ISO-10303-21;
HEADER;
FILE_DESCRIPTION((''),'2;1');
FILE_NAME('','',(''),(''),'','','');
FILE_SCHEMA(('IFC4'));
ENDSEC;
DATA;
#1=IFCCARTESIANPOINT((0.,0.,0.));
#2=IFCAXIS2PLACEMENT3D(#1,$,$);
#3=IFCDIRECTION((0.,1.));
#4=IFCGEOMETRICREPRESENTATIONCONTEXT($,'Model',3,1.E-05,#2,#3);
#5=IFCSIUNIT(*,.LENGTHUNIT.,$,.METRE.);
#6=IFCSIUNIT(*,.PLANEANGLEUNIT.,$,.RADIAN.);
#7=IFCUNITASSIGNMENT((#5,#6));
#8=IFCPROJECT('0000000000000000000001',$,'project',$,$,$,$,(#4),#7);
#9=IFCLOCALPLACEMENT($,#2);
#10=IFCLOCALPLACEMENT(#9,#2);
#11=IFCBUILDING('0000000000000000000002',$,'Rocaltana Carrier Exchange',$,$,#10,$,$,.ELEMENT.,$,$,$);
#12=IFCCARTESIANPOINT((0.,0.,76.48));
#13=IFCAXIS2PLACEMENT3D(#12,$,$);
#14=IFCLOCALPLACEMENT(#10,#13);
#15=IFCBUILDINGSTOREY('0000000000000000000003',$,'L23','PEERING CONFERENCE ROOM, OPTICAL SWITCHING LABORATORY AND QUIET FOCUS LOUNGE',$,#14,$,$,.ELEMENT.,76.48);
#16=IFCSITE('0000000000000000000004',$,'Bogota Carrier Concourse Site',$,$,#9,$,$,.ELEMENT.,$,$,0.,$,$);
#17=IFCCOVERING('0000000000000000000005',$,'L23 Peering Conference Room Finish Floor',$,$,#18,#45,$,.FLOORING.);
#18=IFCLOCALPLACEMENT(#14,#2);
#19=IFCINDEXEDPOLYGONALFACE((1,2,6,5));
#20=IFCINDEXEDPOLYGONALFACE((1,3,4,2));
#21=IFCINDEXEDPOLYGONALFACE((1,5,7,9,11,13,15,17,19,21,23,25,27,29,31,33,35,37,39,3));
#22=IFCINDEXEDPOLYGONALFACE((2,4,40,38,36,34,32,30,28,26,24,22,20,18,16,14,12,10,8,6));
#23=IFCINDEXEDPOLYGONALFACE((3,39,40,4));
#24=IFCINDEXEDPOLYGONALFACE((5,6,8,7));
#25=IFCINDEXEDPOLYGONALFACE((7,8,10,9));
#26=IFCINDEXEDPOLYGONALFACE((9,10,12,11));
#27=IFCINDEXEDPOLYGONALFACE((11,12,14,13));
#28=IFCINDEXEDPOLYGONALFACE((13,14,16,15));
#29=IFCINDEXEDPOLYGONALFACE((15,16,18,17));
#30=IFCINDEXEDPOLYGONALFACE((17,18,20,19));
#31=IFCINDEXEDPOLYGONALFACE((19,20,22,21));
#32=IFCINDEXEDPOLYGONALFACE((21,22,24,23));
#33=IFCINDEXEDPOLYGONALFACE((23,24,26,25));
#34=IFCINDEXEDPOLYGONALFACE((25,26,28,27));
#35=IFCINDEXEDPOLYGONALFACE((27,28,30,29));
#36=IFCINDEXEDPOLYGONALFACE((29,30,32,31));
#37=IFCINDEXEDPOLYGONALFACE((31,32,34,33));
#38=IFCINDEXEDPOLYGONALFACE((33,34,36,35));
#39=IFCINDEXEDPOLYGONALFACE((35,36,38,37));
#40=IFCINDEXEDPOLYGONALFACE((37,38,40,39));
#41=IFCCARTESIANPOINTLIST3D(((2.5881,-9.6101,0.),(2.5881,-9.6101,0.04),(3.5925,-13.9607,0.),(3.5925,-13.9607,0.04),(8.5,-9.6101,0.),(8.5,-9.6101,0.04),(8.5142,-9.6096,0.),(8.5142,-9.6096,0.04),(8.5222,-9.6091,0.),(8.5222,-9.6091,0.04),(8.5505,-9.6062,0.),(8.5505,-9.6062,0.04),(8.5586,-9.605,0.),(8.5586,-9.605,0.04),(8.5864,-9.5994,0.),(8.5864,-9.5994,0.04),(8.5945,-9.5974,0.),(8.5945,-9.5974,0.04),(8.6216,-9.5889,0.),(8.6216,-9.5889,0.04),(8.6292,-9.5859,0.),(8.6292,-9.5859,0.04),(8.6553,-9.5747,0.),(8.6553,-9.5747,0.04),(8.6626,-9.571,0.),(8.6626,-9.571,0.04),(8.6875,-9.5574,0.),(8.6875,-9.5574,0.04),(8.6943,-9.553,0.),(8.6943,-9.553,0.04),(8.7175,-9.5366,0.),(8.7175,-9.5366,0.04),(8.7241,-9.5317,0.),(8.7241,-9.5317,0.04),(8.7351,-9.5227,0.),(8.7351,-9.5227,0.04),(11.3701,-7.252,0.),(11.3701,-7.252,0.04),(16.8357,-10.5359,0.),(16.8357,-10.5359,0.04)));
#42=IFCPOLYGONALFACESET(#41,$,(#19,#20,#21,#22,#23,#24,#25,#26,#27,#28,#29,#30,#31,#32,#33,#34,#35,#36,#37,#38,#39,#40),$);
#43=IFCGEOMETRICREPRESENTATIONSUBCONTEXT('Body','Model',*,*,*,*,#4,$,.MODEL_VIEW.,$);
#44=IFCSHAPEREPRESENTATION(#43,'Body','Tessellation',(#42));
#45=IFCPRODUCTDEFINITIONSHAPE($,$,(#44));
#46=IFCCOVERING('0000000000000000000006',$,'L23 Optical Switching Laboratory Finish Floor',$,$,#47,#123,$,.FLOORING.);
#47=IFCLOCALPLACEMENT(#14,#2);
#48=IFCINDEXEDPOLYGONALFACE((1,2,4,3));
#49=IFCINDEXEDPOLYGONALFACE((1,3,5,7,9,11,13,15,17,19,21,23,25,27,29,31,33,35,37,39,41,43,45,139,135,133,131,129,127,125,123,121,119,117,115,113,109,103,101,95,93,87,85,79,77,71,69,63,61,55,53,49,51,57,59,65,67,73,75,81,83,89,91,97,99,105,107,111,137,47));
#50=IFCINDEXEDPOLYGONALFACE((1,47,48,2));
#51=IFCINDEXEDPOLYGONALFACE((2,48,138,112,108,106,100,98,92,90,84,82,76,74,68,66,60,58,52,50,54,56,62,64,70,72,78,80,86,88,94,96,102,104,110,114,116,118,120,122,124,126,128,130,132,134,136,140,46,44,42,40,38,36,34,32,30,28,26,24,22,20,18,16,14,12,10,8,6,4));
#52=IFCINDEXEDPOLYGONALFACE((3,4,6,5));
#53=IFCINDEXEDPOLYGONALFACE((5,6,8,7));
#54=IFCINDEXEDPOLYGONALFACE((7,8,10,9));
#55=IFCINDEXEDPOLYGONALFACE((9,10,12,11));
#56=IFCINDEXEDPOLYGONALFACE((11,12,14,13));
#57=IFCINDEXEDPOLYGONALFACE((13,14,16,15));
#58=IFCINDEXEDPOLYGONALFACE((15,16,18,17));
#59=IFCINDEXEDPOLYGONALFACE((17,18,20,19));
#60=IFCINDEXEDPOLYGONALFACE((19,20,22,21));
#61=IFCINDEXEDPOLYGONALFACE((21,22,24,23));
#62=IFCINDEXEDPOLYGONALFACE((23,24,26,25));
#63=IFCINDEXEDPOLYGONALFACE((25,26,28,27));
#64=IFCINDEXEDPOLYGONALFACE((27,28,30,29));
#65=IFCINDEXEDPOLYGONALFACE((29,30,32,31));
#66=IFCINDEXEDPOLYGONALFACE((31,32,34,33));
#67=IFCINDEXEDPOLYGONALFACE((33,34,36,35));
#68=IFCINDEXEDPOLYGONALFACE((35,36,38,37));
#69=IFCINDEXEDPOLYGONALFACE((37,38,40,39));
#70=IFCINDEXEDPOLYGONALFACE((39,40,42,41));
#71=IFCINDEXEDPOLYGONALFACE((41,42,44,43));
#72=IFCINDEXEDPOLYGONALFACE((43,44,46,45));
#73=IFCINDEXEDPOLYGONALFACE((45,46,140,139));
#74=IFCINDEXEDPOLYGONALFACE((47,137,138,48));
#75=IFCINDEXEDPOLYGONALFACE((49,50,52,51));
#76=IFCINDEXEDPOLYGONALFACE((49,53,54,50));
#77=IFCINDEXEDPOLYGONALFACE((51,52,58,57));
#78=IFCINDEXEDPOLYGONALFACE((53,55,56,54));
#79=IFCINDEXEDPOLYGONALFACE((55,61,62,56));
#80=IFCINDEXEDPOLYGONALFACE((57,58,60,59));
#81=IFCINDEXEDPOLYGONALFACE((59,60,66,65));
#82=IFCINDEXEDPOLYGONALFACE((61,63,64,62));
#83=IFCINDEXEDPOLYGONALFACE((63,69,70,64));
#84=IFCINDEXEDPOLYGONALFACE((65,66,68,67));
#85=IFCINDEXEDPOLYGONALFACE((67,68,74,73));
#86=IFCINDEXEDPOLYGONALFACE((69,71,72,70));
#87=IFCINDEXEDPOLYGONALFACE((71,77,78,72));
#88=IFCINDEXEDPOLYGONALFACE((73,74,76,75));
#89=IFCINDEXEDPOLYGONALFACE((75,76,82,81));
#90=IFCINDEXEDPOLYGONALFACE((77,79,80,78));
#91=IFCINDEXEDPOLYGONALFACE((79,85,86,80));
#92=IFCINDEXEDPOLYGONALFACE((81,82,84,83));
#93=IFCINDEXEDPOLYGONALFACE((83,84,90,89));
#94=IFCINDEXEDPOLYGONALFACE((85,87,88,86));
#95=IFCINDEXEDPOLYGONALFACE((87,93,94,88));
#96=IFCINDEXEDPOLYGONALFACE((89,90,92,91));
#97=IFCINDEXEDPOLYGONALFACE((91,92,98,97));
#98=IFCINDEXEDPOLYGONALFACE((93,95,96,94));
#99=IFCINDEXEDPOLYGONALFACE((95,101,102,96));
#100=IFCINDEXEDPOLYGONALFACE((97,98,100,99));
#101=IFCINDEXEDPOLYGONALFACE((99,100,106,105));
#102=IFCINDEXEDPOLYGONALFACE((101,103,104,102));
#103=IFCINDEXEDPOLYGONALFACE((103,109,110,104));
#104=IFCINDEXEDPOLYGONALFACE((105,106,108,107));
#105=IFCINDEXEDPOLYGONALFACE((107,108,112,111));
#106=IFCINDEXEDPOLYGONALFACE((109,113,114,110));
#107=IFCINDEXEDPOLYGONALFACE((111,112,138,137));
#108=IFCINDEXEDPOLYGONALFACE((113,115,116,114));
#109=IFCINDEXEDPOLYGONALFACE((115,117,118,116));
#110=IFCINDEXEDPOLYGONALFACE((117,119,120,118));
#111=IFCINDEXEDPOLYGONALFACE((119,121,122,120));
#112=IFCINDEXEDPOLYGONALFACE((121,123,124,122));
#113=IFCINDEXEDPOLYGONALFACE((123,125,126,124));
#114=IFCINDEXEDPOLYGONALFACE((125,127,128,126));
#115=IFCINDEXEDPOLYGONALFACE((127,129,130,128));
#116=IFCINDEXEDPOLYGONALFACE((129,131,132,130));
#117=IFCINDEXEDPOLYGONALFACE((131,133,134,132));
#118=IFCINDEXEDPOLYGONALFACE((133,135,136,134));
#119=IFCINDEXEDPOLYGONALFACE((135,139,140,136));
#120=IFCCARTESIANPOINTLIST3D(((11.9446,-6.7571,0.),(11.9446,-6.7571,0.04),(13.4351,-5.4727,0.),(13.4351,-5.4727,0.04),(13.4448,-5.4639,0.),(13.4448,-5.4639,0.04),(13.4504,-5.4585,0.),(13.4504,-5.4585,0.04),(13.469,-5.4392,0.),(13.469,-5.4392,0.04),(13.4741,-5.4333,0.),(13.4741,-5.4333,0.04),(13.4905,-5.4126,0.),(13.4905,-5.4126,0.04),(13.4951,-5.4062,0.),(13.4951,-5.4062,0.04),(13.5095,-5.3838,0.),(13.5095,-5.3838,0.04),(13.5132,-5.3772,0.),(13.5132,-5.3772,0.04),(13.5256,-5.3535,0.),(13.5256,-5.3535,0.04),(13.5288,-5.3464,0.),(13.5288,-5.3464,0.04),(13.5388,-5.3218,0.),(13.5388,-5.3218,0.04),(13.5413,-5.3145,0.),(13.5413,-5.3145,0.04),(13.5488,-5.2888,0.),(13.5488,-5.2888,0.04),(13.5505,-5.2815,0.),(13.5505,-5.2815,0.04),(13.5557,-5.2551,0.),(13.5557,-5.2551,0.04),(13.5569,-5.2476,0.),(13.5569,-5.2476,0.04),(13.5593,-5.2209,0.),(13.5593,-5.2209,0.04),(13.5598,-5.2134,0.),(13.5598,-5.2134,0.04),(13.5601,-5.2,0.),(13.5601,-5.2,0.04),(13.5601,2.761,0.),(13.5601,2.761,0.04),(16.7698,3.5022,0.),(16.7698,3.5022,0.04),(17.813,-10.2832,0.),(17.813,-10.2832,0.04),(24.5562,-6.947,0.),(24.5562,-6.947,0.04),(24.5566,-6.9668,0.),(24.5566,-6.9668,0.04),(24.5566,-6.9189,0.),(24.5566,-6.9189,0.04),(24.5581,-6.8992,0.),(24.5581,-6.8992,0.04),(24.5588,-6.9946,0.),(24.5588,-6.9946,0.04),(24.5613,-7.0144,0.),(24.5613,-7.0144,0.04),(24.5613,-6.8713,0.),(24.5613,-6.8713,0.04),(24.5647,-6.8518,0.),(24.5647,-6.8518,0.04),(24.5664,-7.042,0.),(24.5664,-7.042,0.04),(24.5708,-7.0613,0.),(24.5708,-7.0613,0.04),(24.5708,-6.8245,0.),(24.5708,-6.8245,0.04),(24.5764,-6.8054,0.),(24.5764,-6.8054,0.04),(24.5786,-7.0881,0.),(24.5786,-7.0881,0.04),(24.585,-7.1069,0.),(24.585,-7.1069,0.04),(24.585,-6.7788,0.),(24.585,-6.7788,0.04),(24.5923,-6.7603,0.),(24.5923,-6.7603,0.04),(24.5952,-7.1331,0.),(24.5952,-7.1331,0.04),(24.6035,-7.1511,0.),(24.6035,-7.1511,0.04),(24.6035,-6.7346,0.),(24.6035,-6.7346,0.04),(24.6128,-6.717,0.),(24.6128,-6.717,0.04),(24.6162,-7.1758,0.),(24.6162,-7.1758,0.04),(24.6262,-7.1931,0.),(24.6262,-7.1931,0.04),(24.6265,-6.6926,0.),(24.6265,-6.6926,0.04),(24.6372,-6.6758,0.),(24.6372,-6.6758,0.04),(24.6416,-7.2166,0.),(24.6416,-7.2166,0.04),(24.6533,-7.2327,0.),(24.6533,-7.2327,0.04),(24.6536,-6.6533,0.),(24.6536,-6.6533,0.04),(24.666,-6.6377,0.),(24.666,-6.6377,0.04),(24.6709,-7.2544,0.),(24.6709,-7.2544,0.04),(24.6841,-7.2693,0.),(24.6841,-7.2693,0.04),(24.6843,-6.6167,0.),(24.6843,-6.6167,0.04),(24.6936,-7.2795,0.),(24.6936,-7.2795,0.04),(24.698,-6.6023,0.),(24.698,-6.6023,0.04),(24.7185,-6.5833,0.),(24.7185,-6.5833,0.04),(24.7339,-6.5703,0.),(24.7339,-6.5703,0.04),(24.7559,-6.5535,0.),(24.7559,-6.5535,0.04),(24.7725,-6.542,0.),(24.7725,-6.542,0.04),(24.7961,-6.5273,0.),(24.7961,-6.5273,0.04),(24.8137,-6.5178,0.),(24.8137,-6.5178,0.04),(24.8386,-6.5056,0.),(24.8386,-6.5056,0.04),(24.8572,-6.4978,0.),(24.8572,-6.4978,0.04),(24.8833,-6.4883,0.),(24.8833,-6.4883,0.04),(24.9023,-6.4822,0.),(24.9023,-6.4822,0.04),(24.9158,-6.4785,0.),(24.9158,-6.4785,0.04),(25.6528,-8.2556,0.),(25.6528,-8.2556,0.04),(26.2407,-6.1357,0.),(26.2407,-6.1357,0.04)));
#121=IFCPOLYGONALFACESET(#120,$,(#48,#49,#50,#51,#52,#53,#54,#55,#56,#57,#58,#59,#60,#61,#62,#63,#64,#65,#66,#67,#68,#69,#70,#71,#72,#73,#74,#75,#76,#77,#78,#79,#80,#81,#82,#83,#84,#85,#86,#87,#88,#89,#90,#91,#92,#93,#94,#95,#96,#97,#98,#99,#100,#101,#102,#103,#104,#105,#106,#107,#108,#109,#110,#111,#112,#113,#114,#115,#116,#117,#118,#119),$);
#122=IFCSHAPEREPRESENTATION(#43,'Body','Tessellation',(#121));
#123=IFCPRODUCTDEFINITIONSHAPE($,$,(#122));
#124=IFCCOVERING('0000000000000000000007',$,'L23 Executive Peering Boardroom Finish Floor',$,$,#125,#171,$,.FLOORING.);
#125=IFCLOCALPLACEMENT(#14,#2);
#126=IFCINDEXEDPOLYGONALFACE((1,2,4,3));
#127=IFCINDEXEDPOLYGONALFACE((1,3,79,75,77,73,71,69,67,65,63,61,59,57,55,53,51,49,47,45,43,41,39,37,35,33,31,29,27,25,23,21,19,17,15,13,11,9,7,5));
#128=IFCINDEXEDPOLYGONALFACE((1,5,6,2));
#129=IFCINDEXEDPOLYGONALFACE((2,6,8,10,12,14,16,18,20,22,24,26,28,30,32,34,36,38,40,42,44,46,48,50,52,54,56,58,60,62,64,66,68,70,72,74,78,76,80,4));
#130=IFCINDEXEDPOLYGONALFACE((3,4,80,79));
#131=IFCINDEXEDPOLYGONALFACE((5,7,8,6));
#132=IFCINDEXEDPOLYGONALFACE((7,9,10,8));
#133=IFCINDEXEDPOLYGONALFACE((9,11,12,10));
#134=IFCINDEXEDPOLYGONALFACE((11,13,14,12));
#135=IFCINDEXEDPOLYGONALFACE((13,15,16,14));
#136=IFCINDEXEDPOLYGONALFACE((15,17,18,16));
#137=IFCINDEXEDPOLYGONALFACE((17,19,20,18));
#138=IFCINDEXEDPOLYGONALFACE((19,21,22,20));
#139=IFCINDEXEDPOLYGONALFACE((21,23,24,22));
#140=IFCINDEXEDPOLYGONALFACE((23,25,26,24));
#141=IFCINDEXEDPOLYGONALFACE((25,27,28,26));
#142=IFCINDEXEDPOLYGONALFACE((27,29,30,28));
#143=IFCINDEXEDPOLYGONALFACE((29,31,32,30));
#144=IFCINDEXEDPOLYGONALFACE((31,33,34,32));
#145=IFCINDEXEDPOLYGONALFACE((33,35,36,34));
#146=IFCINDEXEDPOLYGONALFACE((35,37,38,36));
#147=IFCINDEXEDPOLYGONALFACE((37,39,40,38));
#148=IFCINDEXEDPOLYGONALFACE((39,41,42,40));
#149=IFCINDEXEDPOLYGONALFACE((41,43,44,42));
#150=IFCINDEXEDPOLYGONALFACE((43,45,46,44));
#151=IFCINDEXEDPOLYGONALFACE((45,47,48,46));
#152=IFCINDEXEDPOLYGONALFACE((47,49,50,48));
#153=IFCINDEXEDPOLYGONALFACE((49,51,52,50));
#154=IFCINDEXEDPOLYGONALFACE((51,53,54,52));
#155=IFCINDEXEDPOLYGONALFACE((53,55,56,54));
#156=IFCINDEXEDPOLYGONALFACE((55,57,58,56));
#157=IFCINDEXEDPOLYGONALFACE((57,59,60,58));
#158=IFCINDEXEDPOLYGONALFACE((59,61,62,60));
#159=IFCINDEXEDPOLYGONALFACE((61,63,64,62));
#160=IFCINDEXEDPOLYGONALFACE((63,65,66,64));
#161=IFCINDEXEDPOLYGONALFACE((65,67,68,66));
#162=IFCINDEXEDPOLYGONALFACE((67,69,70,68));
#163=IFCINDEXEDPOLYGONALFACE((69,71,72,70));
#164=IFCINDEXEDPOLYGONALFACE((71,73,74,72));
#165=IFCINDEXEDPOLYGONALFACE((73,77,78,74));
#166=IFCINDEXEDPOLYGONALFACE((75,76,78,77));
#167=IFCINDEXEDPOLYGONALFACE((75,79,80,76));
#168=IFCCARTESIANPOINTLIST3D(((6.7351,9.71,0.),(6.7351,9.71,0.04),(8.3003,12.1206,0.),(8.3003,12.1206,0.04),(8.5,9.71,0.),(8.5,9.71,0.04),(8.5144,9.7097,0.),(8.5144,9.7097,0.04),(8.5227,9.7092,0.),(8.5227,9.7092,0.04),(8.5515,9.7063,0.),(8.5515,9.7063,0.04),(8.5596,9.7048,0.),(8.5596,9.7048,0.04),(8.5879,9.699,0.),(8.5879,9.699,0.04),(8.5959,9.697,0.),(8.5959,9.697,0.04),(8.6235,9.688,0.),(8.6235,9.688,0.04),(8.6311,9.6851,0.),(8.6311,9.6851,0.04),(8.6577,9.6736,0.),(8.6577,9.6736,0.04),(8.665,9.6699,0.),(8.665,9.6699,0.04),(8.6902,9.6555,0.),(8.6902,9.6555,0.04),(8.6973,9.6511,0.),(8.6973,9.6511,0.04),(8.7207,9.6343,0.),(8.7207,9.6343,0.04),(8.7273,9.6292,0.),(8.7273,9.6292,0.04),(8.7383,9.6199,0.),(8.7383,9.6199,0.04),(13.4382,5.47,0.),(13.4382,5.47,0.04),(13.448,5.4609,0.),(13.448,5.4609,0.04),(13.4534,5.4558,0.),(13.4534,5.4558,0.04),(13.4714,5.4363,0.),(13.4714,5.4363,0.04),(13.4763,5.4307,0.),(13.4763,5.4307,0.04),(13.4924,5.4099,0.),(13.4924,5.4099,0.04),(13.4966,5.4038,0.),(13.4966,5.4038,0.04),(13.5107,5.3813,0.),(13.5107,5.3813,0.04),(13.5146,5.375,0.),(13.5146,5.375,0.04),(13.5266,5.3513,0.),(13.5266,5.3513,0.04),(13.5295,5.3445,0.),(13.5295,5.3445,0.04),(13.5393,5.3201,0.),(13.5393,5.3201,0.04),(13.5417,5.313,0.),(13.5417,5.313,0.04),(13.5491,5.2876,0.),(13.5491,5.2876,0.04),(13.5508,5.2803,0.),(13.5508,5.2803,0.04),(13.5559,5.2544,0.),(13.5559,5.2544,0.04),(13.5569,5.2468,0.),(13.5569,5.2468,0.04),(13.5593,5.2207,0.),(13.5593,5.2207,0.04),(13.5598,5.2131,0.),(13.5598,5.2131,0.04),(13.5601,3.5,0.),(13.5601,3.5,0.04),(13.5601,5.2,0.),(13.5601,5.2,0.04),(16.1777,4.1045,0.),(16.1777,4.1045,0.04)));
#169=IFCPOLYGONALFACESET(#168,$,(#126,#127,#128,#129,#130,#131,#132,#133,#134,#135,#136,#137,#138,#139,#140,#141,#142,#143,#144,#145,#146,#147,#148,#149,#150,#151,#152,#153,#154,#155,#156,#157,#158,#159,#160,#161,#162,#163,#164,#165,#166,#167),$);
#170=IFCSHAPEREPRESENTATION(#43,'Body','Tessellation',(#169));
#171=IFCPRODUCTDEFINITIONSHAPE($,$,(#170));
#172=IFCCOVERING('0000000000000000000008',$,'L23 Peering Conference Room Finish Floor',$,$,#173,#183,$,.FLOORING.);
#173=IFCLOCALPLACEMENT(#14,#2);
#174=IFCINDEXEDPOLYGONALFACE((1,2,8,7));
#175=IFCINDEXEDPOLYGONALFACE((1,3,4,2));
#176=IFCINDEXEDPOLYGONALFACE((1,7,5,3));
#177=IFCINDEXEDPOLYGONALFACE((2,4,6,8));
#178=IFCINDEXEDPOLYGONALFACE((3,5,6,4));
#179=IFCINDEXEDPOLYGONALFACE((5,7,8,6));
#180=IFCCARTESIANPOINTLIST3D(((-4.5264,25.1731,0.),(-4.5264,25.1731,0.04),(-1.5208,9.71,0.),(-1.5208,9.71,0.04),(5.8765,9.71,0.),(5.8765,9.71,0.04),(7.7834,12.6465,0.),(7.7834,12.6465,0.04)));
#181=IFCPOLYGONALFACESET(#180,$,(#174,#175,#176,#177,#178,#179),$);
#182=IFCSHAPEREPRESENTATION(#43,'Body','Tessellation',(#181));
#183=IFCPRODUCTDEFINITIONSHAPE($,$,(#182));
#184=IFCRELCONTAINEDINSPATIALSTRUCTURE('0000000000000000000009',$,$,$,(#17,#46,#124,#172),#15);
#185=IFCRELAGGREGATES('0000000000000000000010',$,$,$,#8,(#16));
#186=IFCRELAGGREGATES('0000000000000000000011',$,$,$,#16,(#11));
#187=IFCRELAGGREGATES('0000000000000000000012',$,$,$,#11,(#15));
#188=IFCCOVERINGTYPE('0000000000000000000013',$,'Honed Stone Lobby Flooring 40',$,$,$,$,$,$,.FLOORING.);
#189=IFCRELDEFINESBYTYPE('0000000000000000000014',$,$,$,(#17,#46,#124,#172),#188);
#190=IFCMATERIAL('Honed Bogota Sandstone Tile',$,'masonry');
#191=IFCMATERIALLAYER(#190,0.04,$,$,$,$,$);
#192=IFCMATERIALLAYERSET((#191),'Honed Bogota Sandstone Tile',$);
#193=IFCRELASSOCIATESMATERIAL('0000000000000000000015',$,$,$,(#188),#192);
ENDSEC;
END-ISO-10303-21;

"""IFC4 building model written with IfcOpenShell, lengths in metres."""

from ifc_helpers import new_model, si_unit, direction, frame, origin, place, context, subcontext, project, spatial, polyline, outline, extrude, material, layer, layer_set, type_object, element, save


model = new_model("IFC4")

# Units and contexts
model_context = context("Model", 3, precision=1e-05, world=origin(), true_north=direction((0.0, 1.0)))
body_context = subcontext(model_context, "Body", "Model", "MODEL_VIEW")
ifc_project = project(units=[si_unit("LENGTHUNIT", "METRE"), si_unit("PLANEANGLEUNIT", "RADIAN")], contexts=[model_context])

# Site, building, storey
site_placement = place(None, origin())
site = spatial("IfcSite", under=ifc_project, at=site_placement, Name="Bogota Carrier Concourse Site", CompositionType="ELEMENT", RefElevation=0.0)
building_placement = place(site_placement, origin())
building = spatial("IfcBuilding", under=site, at=building_placement, Name="Rocaltana Carrier Exchange", CompositionType="ELEMENT")
storey_placement = place(building_placement, frame((0.0, 0.0, 76.48)))
storey = spatial("IfcBuildingStorey", under=building, at=storey_placement, Name="L23", Description="PEERING CONFERENCE ROOM, OPTICAL SWITCHING LABORATORY AND QUIET FOCUS LOUNGE", CompositionType="ELEMENT", Elevation=76.48)

# Coverings
ifc_material_1 = material(Name="Honed Bogota Sandstone Tile", Category="masonry")
ifc_layer_1 = layer(ifc_material_1, 0.04)
ifc_layer_set_1 = layer_set([ifc_layer_1], Name="Honed Bogota Sandstone Tile")
covering_type_1 = type_object("IfcCoveringType", Name="Honed Stone Lobby Flooring 40", PredefinedType="FLOORING", material=ifc_layer_set_1)
covering_1_placement = place(storey_placement, origin())
element("IfcCovering", 1, at=covering_1_placement, inside=storey, type_object=covering_type_1, Name="L23 Peering Conference Room Finish Floor", PredefinedType="FLOORING", context=body_context, shape_type="SweptSolid", body=[
    extrude(outline(polyline([(3.5925, -13.9607), (2.5881, -9.6101), (8.5, -9.6101), (8.5142, -9.6096), (8.5222, -9.6091), (8.5505, -9.6062), (8.5586, -9.605), (8.5864, -9.5994), (8.5945, -9.5974), (8.6216, -9.5889), (8.6292, -9.5859), (8.6553, -9.5747), (8.6626, -9.571), (8.6875, -9.5574), (8.6943, -9.553), (8.7175, -9.5366), (8.7241, -9.5317), (8.7351, -9.5227), (11.3701, -7.252), (16.8357, -10.5359), (3.5925, -13.9607)])), origin(), (0.0, 0.0, 1.0), 0.04),
])
covering_2_placement = place(storey_placement, origin())
element("IfcCovering", 2, at=covering_2_placement, inside=storey, type_object=covering_type_1, Name="L23 Optical Switching Laboratory Finish Floor", PredefinedType="FLOORING", context=body_context, shape_type="SweptSolid", body=[
    extrude(outline(polyline([(26.2407, -6.1357), (24.9158, -6.4785), (24.9023, -6.4822), (24.8833, -6.4883), (24.8572, -6.4978), (24.8386, -6.5056), (24.8137, -6.5178), (24.7961, -6.5273), (24.7725, -6.542), (24.7559, -6.5535), (24.7339, -6.5703), (24.7185, -6.5833), (24.698, -6.6023), (24.6843, -6.6167), (24.666, -6.6377), (24.6536, -6.6533), (24.6372, -6.6758), (24.6265, -6.6926), (24.6128, -6.717), (24.6035, -6.7346), (24.5923, -6.7603), (24.585, -6.7788), (24.5764, -6.8054), (24.5708, -6.8245), (24.5647, -6.8518), (24.5613, -6.8713), (24.5581, -6.8992), (24.5566, -6.9189), (24.5562, -6.947), (24.5566, -6.9668), (24.5588, -6.9946), (24.5613, -7.0144), (24.5664, -7.042), (24.5708, -7.0613), (24.5786, -7.0881), (24.585, -7.1069), (24.5952, -7.1331), (24.6035, -7.1511), (24.6162, -7.1758), (24.6262, -7.1931), (24.6416, -7.2166), (24.6533, -7.2327), (24.6709, -7.2544), (24.6841, -7.2693), (24.6936, -7.2795), (25.6528, -8.2556), (17.813, -10.2832), (11.9446, -6.7571), (13.4351, -5.4727), (13.4448, -5.4639), (13.4504, -5.4585), (13.469, -5.4392), (13.4741, -5.4333), (13.4905, -5.4126), (13.4951, -5.4062), (13.5095, -5.3838), (13.5132, -5.3772), (13.5256, -5.3535), (13.5288, -5.3464), (13.5388, -5.3218), (13.5413, -5.3145), (13.5488, -5.2888), (13.5505, -5.2815), (13.5557, -5.2551), (13.5569, -5.2476), (13.5593, -5.2209), (13.5598, -5.2134), (13.5601, -5.2), (13.5601, 2.761), (16.7698, 3.5022), (26.2407, -6.1357)])), origin(), (0.0, 0.0, 1.0), 0.04),
])
covering_3_placement = place(storey_placement, origin())
element("IfcCovering", 3, at=covering_3_placement, inside=storey, type_object=covering_type_1, Name="L23 Executive Peering Boardroom Finish Floor", PredefinedType="FLOORING", context=body_context, shape_type="SweptSolid", body=[
    extrude(outline(polyline([(16.1777, 4.1045), (13.5601, 3.5), (13.5601, 5.2), (13.5598, 5.2131), (13.5593, 5.2207), (13.5569, 5.2468), (13.5559, 5.2544), (13.5508, 5.2803), (13.5491, 5.2876), (13.5417, 5.313), (13.5393, 5.3201), (13.5295, 5.3445), (13.5266, 5.3513), (13.5146, 5.375), (13.5107, 5.3813), (13.4966, 5.4038), (13.4924, 5.4099), (13.4763, 5.4307), (13.4714, 5.4363), (13.4534, 5.4558), (13.448, 5.4609), (13.4382, 5.47), (8.7383, 9.6199), (8.7273, 9.6292), (8.7207, 9.6343), (8.6973, 9.6511), (8.6902, 9.6555), (8.665, 9.6699), (8.6577, 9.6736), (8.6311, 9.6851), (8.6235, 9.688), (8.5959, 9.697), (8.5879, 9.699), (8.5596, 9.7048), (8.5515, 9.7063), (8.5227, 9.7092), (8.5144, 9.7097), (8.5, 9.71), (6.7351, 9.71), (8.3003, 12.1206), (16.1777, 4.1045)])), origin(), (0.0, 0.0, 1.0), 0.04),
])
covering_4_placement = place(storey_placement, origin())
element("IfcCovering", 4, at=covering_4_placement, inside=storey, type_object=covering_type_1, Name="L23 Peering Conference Room Finish Floor", PredefinedType="FLOORING", context=body_context, shape_type="SweptSolid", body=[
    extrude(outline(polyline([(7.7834, 12.6465), (5.8765, 9.71), (-1.5208, 9.71), (-4.5264, 25.1731), (7.7834, 12.6465)])), origin(), (0.0, 0.0, 1.0), 0.04),
])

save(model, "model.ifc")
